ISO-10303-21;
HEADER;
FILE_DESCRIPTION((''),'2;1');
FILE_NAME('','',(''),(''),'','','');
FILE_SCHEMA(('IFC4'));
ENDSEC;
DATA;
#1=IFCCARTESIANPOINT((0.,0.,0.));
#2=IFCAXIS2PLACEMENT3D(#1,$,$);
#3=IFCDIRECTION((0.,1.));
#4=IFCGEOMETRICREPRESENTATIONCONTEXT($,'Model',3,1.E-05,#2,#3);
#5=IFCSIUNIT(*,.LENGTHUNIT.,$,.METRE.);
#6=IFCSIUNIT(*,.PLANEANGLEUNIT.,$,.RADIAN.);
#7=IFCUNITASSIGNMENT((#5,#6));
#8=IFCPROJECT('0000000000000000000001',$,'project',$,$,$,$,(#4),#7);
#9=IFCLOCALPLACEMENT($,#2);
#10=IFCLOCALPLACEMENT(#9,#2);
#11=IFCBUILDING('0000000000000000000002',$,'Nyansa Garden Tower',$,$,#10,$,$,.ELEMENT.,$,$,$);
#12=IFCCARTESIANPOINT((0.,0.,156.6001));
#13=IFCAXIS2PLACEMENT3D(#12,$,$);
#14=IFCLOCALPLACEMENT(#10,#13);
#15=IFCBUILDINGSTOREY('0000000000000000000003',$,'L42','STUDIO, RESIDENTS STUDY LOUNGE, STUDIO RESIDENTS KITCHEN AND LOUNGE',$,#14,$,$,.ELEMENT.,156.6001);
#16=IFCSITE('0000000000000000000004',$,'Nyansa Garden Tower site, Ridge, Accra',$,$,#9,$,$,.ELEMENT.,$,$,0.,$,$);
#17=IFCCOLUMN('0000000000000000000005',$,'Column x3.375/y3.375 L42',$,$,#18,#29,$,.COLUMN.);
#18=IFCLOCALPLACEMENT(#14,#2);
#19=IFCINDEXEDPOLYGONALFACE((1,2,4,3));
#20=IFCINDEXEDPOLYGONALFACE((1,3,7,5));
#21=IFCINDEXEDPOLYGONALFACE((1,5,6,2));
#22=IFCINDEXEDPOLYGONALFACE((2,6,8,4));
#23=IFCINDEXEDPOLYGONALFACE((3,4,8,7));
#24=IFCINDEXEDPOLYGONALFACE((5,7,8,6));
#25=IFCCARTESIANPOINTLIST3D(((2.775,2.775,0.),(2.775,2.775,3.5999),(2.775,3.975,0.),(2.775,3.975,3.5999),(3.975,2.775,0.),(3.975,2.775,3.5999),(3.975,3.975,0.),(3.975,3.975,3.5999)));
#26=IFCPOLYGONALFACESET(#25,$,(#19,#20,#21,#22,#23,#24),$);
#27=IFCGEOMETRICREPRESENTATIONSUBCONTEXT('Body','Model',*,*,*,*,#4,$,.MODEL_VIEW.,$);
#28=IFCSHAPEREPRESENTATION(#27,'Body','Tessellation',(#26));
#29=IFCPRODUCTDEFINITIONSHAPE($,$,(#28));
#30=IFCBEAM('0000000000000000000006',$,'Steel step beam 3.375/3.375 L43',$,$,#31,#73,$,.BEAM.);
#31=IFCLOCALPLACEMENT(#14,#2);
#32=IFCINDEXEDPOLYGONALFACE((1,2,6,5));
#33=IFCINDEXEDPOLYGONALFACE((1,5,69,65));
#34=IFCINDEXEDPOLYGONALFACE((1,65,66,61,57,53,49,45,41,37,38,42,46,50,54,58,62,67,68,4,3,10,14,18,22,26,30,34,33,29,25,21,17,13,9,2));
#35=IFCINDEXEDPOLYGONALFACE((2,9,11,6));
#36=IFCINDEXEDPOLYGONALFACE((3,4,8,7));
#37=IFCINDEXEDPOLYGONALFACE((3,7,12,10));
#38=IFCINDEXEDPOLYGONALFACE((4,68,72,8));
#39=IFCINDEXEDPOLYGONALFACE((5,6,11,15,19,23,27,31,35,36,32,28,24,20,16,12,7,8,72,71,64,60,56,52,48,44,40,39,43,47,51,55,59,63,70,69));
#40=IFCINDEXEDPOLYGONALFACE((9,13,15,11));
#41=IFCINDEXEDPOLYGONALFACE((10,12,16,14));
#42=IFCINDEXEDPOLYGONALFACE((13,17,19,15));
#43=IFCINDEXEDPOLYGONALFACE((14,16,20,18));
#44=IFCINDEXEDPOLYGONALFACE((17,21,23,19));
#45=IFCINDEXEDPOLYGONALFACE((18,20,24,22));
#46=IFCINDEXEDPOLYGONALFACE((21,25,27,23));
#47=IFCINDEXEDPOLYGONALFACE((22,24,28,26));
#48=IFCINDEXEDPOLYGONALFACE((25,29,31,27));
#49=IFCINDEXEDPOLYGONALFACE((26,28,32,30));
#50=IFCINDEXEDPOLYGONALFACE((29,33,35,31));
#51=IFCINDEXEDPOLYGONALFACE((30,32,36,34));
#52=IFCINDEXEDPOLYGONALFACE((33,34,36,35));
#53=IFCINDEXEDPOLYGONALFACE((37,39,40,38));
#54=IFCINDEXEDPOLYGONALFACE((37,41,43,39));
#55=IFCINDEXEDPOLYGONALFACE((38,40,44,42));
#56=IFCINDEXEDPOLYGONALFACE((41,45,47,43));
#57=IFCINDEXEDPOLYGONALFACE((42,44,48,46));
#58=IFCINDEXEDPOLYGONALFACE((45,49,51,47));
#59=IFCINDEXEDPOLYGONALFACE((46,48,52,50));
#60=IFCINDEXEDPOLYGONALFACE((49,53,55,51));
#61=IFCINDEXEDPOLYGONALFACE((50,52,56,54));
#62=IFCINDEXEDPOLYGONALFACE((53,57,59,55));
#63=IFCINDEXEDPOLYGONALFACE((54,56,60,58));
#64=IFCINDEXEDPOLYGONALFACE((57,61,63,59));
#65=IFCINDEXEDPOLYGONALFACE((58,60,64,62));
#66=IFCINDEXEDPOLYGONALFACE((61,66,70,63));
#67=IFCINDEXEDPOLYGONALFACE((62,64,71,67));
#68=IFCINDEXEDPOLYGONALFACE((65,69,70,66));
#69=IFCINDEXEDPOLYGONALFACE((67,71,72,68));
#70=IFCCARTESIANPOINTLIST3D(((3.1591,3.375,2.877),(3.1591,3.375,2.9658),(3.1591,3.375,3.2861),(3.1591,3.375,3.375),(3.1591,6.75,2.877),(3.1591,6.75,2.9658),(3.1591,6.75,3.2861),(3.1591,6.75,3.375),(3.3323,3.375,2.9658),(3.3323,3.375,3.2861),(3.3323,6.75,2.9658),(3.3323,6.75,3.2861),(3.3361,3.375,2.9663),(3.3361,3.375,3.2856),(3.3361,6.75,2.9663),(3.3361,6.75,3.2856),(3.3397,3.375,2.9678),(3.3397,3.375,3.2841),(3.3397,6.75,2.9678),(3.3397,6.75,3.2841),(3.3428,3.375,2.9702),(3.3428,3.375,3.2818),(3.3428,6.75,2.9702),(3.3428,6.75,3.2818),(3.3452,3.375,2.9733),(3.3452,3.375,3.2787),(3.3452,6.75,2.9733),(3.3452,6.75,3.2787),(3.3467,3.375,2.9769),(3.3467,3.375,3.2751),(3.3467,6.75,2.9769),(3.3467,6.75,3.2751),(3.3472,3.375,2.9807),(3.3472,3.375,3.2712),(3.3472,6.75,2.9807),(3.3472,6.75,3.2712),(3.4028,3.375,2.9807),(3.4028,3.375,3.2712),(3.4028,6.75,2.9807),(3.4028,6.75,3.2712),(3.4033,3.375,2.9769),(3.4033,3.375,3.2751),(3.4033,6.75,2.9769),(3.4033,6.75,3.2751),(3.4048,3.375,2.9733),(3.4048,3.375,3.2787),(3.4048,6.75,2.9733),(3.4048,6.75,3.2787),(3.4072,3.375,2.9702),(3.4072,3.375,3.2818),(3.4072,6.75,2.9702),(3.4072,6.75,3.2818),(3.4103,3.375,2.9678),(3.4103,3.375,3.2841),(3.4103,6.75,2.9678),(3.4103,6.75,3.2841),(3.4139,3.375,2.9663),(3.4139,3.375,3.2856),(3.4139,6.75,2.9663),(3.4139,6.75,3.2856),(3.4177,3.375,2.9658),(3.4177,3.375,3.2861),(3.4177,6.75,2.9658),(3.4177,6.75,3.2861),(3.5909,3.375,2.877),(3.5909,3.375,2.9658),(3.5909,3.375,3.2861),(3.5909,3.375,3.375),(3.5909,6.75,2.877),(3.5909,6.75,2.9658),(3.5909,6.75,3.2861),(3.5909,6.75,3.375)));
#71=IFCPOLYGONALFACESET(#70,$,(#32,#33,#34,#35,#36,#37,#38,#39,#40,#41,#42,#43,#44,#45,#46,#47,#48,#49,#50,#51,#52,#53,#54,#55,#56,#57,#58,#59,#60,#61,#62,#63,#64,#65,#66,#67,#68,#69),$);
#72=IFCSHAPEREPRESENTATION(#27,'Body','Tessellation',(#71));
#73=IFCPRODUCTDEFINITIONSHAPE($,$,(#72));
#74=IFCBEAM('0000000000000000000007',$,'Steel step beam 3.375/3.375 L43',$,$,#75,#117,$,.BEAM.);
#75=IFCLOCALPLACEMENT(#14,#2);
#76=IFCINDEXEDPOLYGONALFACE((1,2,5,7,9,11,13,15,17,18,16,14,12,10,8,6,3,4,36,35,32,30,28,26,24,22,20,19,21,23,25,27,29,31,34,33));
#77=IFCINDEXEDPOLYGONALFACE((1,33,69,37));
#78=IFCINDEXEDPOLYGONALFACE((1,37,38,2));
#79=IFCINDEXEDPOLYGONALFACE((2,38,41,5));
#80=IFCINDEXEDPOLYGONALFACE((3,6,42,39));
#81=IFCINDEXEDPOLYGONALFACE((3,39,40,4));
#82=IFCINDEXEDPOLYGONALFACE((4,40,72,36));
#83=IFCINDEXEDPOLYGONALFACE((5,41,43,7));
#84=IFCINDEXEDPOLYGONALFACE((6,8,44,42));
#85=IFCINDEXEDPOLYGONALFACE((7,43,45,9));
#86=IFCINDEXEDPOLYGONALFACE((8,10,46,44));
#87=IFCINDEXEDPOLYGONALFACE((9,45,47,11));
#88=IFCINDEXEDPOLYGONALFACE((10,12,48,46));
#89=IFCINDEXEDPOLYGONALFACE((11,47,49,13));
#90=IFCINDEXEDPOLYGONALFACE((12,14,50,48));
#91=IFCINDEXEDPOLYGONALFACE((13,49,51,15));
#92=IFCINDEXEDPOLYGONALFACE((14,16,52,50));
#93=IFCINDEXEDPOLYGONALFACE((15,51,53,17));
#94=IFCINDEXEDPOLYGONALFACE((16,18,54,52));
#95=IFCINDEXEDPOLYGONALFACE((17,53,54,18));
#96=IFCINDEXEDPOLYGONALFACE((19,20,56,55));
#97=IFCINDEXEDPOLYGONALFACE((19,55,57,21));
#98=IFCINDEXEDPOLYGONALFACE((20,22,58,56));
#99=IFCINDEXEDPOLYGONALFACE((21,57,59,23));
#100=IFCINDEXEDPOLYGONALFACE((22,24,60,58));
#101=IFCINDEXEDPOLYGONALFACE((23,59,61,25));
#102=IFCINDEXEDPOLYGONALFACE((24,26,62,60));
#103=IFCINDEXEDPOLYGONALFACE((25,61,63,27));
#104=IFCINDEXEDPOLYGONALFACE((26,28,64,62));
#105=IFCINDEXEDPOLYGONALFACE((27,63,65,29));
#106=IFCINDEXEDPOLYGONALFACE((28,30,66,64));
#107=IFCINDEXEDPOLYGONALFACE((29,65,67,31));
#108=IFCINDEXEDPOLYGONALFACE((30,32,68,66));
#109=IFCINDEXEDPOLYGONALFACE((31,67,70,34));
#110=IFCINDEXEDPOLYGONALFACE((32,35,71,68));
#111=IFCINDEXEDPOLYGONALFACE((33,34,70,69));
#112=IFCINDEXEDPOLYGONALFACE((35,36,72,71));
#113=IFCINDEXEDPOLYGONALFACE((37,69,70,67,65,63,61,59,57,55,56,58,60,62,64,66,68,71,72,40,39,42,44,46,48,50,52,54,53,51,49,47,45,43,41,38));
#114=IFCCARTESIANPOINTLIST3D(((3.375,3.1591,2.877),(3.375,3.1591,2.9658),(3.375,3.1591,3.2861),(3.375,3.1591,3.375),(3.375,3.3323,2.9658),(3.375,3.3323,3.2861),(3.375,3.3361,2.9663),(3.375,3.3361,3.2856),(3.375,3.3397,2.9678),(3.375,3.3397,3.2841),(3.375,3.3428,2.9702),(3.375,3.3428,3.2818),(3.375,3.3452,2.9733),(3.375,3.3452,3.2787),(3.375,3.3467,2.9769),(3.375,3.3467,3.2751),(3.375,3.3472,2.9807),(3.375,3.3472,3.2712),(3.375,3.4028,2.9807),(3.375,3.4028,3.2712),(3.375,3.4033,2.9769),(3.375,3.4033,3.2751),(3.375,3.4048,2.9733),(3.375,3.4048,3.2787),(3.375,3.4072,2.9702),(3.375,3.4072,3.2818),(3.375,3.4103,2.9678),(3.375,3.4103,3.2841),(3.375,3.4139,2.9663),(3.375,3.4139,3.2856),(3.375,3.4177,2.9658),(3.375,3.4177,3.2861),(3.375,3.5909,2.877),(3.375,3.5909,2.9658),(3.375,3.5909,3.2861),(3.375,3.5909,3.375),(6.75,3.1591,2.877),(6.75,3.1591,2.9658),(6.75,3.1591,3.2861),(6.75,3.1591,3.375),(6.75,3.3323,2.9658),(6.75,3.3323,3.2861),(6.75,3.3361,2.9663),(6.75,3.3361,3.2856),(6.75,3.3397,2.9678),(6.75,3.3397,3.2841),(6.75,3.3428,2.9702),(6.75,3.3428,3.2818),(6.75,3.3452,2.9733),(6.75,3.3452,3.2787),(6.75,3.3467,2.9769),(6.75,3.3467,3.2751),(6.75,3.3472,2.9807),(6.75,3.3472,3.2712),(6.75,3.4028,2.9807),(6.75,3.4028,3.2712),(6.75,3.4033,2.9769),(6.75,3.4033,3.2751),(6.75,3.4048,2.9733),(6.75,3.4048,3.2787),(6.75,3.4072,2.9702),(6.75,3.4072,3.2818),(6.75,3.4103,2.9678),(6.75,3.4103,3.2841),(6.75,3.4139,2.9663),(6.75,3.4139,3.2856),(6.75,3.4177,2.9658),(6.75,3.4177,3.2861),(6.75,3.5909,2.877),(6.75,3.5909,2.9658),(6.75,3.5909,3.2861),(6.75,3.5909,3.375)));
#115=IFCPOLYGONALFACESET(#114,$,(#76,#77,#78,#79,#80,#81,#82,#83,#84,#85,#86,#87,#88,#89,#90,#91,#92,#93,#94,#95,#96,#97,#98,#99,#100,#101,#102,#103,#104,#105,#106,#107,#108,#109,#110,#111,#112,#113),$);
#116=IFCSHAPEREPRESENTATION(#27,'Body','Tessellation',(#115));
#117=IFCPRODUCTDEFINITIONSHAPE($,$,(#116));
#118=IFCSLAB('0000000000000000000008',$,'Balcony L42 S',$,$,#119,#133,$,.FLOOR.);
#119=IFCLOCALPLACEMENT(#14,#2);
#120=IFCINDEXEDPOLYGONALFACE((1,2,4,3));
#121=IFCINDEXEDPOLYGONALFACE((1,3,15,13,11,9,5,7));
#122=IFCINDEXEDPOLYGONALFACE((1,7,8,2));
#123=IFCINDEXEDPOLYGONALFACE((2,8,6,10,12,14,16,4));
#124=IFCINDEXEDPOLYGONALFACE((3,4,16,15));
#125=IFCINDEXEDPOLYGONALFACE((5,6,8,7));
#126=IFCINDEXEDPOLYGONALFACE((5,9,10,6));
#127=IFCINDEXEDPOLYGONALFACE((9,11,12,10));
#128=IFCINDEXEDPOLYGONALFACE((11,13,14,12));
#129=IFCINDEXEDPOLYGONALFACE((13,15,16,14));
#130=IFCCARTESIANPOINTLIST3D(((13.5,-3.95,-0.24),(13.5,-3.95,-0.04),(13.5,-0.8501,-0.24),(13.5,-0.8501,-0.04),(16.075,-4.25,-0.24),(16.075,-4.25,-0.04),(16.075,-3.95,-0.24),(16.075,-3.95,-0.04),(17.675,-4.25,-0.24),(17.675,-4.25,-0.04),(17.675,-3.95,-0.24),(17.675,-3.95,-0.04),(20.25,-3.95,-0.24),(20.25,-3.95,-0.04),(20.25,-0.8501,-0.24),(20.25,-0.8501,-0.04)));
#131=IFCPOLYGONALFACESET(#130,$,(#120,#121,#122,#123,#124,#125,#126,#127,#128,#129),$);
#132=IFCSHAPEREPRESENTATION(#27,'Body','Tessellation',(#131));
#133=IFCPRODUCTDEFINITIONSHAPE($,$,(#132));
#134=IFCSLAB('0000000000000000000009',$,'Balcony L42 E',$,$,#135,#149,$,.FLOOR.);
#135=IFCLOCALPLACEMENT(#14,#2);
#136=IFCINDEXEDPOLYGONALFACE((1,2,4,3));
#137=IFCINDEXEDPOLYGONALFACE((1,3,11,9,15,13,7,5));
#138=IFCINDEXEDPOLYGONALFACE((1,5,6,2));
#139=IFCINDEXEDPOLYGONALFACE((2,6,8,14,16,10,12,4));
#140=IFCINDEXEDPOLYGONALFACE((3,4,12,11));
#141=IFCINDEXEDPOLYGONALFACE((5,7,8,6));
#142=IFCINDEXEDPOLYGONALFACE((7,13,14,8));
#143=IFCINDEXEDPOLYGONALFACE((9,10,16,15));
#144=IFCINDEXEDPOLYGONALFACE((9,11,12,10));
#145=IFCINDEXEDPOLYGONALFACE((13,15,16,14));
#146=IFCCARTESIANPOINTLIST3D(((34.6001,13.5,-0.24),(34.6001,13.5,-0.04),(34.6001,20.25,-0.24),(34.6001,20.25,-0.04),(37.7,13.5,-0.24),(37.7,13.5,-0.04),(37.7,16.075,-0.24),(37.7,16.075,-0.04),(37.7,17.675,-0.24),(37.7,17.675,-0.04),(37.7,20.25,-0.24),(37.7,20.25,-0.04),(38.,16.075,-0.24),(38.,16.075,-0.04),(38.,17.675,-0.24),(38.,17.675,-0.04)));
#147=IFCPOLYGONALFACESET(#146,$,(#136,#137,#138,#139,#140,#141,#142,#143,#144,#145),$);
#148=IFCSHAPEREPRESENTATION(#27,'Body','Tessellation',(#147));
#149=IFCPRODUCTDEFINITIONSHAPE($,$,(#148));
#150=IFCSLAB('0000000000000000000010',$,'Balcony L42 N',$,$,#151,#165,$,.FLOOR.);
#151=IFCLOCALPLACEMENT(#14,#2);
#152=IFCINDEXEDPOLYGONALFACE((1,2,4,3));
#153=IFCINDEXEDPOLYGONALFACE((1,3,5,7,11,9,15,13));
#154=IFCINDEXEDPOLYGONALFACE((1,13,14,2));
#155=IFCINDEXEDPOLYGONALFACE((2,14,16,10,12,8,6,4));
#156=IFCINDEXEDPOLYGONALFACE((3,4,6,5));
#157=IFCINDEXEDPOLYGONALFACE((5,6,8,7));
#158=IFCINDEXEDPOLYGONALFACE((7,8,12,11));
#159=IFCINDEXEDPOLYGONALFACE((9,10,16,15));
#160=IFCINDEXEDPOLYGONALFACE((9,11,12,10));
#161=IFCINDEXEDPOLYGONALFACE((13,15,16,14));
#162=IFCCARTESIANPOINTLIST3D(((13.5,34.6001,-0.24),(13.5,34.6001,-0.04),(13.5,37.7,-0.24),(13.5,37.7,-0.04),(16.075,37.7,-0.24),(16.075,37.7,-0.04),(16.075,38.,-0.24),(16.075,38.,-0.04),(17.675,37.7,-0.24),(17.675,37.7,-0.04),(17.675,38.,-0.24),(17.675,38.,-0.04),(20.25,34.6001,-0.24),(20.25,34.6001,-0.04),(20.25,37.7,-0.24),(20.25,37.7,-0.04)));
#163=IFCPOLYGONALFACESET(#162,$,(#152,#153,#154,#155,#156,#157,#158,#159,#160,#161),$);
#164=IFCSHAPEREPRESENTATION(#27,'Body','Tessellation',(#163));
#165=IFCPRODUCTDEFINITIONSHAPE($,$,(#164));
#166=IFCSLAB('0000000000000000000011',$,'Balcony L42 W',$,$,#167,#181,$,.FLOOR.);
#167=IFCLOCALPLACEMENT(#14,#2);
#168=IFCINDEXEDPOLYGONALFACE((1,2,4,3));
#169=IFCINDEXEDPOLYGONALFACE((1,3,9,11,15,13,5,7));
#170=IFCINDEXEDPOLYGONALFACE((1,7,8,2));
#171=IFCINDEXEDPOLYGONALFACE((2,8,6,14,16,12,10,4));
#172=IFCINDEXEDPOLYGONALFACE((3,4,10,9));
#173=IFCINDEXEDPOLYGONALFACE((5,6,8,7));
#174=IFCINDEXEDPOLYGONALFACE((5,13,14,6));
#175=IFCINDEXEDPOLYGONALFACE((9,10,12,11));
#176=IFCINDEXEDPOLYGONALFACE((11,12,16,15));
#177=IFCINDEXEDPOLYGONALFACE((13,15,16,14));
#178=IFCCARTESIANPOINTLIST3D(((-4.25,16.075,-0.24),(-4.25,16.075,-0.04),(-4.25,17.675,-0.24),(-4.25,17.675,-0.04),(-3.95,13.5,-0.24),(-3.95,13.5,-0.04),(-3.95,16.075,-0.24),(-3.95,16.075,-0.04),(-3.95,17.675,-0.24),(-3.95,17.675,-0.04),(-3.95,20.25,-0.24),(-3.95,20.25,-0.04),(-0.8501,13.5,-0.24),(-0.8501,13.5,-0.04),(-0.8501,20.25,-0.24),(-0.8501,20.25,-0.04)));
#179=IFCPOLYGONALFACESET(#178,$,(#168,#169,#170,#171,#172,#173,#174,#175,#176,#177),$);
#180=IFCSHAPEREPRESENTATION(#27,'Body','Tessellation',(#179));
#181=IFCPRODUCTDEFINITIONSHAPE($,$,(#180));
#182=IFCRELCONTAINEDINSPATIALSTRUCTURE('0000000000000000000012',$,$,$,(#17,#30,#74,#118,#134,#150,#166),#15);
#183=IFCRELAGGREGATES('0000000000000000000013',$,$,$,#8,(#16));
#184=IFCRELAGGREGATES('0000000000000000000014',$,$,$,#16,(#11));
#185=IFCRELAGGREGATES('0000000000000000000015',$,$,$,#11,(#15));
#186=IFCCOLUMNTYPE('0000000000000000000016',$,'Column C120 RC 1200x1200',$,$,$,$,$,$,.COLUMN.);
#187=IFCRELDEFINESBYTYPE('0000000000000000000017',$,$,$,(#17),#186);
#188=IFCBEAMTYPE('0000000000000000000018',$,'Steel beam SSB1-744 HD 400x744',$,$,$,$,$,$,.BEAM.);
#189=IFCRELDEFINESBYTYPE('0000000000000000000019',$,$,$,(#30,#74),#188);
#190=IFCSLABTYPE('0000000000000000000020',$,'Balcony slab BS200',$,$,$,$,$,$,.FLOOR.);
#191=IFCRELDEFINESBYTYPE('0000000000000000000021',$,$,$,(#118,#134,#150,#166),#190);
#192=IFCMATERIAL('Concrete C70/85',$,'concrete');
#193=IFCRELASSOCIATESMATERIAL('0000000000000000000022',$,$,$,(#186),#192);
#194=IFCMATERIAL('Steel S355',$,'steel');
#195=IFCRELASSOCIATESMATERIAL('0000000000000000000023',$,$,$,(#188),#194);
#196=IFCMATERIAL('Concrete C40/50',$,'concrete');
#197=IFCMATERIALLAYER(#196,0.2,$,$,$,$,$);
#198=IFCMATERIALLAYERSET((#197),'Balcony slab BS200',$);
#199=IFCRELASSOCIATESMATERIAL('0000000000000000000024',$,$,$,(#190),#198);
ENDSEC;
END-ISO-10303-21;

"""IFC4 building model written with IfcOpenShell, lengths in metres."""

from ifc_helpers import new_model, si_unit, direction, frame, origin, origin_2d, place, context, subcontext, project, spatial, polyline, rectangle, i_section, outline, extrude, material, layer, layer_set, material_profile, profile_set, type_object, element, save


model = new_model("IFC4")

# Units and contexts
model_context = context("Model", 3, precision=1e-05, world=origin(), true_north=direction((0.0, 1.0)))
body_context = subcontext(model_context, "Body", "Model", "MODEL_VIEW")
ifc_project = project(units=[si_unit("LENGTHUNIT", "METRE"), si_unit("PLANEANGLEUNIT", "RADIAN")], contexts=[model_context])

# Site, building, storey
site_placement = place(None, origin())
site = spatial("IfcSite", under=ifc_project, at=site_placement, Name="Nyansa Garden Tower site, Ridge, Accra", CompositionType="ELEMENT", RefElevation=0.0)
building_placement = place(site_placement, origin())
building = spatial("IfcBuilding", under=site, at=building_placement, Name="Nyansa Garden Tower", CompositionType="ELEMENT")
storey_placement = place(building_placement, frame((0.0, 0.0, 156.6001)))
storey = spatial("IfcBuildingStorey", under=building, at=storey_placement, Name="L42", Description="STUDIO, RESIDENTS STUDY LOUNGE, STUDIO RESIDENTS KITCHEN AND LOUNGE", CompositionType="ELEMENT", Elevation=156.6001)

# Column
ifc_material_1 = material(Name="Concrete C70/85", Category="concrete")
ifc_material_profile_1 = material_profile(ifc_material_1, rectangle(XDim=1.2, YDim=1.2, at=origin_2d()), Name="RC 1200x1200")
ifc_profile_set_1 = profile_set([ifc_material_profile_1], Name="Concrete C70/85")
column_type = type_object("IfcColumnType", Name="Column C120 RC 1200x1200", PredefinedType="COLUMN", material=ifc_profile_set_1)
column_placement = place(storey_placement, frame((3.375, 3.375, 0.0), z_axis=(0.0, 0.0, 1.0), x_axis=(1.0, 0.0, 0.0)))
element("IfcColumn", 1, at=column_placement, inside=storey, type_object=column_type, Name="Column x3.375/y3.375 L42", PredefinedType="COLUMN", context=body_context, shape_type="SweptSolid", body=[
    extrude(rectangle(XDim=1.2, YDim=1.2, at=origin_2d()), origin(), (0.0, 0.0, 1.0), 3.5999),
])

# Beams
ifc_material_2 = material(Name="Steel S355", Category="steel")
ifc_material_profile_2 = material_profile(ifc_material_2, i_section(OverallWidth=0.4319, OverallDepth=0.498, WebThickness=0.0557, FlangeThickness=0.0889, FilletRadius=0.0149, at=origin_2d()), Name="HD 400x744")
ifc_profile_set_2 = profile_set([ifc_material_profile_2], Name="Steel S355")
beam_type = type_object("IfcBeamType", Name="Steel beam SSB1-744 HD 400x744", PredefinedType="BEAM", material=ifc_profile_set_2)
for number, where, z_axis, x_axis, name in (
    (2, (3.375, 3.375, 3.126), (0.0, 1.0, 0.0), (-1.0, 0.0, 0.0), "Steel step beam 3.375/3.375 L43"),
    (3, (3.375, 3.375, 3.126), (1.0, 0.0, 0.0), (0.0, 1.0, 0.0), "Steel step beam 3.375/3.375 L43"),
):
    element("IfcBeam", number, at=place(storey_placement, frame(where, z_axis=z_axis, x_axis=x_axis)), inside=storey, type_object=beam_type, Name=name, PredefinedType="BEAM", context=body_context, shape_type="SweptSolid", body=[
        extrude(i_section(OverallWidth=0.4319, OverallDepth=0.498, WebThickness=0.0557, FlangeThickness=0.0889, FilletRadius=0.0149, at=origin_2d()), origin(), (0.0, 0.0, 1.0), 3.375),
    ])

# Slabs
ifc_material_3 = material(Name="Concrete C40/50", Category="concrete")
ifc_layer_1 = layer(ifc_material_3, 0.2)
ifc_layer_set_1 = layer_set([ifc_layer_1], Name="Balcony slab BS200")
slab_type_1 = type_object("IfcSlabType", Name="Balcony slab BS200", PredefinedType="FLOOR", material=ifc_layer_set_1)
slab_1_placement = place(storey_placement, frame((0.0, 0.0, -0.24)))
element("IfcSlab", 4, at=slab_1_placement, inside=storey, type_object=slab_type_1, Name="Balcony L42 S", PredefinedType="FLOOR", context=body_context, shape_type="SweptSolid", body=[
    extrude(outline(polyline([(13.5, -0.8501), (20.25, -0.8501), (20.25, -3.95), (17.675, -3.95), (17.675, -4.25), (16.075, -4.25), (16.075, -3.95), (13.5, -3.95), (13.5, -0.8501)])), origin(), (0.0, 0.0, 1.0), 0.2),
])
slab_2_placement = place(storey_placement, frame((0.0, 0.0, -0.24)))
element("IfcSlab", 5, at=slab_2_placement, inside=storey, type_object=slab_type_1, Name="Balcony L42 E", PredefinedType="FLOOR", context=body_context, shape_type="SweptSolid", body=[
    extrude(outline(polyline([(34.6001, 13.5), (34.6001, 20.25), (37.7, 20.25), (37.7, 17.675), (38.0, 17.675), (38.0, 16.075), (37.7, 16.075), (37.7, 13.5), (34.6001, 13.5)])), origin(), (0.0, 0.0, 1.0), 0.2),
])
slab_3_placement = place(storey_placement, frame((0.0, 0.0, -0.24)))
element("IfcSlab", 6, at=slab_3_placement, inside=storey, type_object=slab_type_1, Name="Balcony L42 N", PredefinedType="FLOOR", context=body_context, shape_type="SweptSolid", body=[
    extrude(outline(polyline([(13.5, 34.6001), (20.25, 34.6001), (20.25, 37.7), (17.675, 37.7), (17.675, 38.0), (16.075, 38.0), (16.075, 37.7), (13.5, 37.7), (13.5, 34.6001)])), origin(), (0.0, 0.0, 1.0), 0.2),
])
slab_4_placement = place(storey_placement, frame((0.0, 0.0, -0.24)))
element("IfcSlab", 7, at=slab_4_placement, inside=storey, type_object=slab_type_1, Name="Balcony L42 W", PredefinedType="FLOOR", context=body_context, shape_type="SweptSolid", body=[
    extrude(outline(polyline([(-0.8501, 13.5), (-0.8501, 20.25), (-3.95, 20.25), (-3.95, 17.675), (-4.25, 17.675), (-4.25, 16.075), (-3.95, 16.075), (-3.95, 13.5), (-0.8501, 13.5)])), origin(), (0.0, 0.0, 1.0), 0.2),
])

save(model, "model.ifc")
